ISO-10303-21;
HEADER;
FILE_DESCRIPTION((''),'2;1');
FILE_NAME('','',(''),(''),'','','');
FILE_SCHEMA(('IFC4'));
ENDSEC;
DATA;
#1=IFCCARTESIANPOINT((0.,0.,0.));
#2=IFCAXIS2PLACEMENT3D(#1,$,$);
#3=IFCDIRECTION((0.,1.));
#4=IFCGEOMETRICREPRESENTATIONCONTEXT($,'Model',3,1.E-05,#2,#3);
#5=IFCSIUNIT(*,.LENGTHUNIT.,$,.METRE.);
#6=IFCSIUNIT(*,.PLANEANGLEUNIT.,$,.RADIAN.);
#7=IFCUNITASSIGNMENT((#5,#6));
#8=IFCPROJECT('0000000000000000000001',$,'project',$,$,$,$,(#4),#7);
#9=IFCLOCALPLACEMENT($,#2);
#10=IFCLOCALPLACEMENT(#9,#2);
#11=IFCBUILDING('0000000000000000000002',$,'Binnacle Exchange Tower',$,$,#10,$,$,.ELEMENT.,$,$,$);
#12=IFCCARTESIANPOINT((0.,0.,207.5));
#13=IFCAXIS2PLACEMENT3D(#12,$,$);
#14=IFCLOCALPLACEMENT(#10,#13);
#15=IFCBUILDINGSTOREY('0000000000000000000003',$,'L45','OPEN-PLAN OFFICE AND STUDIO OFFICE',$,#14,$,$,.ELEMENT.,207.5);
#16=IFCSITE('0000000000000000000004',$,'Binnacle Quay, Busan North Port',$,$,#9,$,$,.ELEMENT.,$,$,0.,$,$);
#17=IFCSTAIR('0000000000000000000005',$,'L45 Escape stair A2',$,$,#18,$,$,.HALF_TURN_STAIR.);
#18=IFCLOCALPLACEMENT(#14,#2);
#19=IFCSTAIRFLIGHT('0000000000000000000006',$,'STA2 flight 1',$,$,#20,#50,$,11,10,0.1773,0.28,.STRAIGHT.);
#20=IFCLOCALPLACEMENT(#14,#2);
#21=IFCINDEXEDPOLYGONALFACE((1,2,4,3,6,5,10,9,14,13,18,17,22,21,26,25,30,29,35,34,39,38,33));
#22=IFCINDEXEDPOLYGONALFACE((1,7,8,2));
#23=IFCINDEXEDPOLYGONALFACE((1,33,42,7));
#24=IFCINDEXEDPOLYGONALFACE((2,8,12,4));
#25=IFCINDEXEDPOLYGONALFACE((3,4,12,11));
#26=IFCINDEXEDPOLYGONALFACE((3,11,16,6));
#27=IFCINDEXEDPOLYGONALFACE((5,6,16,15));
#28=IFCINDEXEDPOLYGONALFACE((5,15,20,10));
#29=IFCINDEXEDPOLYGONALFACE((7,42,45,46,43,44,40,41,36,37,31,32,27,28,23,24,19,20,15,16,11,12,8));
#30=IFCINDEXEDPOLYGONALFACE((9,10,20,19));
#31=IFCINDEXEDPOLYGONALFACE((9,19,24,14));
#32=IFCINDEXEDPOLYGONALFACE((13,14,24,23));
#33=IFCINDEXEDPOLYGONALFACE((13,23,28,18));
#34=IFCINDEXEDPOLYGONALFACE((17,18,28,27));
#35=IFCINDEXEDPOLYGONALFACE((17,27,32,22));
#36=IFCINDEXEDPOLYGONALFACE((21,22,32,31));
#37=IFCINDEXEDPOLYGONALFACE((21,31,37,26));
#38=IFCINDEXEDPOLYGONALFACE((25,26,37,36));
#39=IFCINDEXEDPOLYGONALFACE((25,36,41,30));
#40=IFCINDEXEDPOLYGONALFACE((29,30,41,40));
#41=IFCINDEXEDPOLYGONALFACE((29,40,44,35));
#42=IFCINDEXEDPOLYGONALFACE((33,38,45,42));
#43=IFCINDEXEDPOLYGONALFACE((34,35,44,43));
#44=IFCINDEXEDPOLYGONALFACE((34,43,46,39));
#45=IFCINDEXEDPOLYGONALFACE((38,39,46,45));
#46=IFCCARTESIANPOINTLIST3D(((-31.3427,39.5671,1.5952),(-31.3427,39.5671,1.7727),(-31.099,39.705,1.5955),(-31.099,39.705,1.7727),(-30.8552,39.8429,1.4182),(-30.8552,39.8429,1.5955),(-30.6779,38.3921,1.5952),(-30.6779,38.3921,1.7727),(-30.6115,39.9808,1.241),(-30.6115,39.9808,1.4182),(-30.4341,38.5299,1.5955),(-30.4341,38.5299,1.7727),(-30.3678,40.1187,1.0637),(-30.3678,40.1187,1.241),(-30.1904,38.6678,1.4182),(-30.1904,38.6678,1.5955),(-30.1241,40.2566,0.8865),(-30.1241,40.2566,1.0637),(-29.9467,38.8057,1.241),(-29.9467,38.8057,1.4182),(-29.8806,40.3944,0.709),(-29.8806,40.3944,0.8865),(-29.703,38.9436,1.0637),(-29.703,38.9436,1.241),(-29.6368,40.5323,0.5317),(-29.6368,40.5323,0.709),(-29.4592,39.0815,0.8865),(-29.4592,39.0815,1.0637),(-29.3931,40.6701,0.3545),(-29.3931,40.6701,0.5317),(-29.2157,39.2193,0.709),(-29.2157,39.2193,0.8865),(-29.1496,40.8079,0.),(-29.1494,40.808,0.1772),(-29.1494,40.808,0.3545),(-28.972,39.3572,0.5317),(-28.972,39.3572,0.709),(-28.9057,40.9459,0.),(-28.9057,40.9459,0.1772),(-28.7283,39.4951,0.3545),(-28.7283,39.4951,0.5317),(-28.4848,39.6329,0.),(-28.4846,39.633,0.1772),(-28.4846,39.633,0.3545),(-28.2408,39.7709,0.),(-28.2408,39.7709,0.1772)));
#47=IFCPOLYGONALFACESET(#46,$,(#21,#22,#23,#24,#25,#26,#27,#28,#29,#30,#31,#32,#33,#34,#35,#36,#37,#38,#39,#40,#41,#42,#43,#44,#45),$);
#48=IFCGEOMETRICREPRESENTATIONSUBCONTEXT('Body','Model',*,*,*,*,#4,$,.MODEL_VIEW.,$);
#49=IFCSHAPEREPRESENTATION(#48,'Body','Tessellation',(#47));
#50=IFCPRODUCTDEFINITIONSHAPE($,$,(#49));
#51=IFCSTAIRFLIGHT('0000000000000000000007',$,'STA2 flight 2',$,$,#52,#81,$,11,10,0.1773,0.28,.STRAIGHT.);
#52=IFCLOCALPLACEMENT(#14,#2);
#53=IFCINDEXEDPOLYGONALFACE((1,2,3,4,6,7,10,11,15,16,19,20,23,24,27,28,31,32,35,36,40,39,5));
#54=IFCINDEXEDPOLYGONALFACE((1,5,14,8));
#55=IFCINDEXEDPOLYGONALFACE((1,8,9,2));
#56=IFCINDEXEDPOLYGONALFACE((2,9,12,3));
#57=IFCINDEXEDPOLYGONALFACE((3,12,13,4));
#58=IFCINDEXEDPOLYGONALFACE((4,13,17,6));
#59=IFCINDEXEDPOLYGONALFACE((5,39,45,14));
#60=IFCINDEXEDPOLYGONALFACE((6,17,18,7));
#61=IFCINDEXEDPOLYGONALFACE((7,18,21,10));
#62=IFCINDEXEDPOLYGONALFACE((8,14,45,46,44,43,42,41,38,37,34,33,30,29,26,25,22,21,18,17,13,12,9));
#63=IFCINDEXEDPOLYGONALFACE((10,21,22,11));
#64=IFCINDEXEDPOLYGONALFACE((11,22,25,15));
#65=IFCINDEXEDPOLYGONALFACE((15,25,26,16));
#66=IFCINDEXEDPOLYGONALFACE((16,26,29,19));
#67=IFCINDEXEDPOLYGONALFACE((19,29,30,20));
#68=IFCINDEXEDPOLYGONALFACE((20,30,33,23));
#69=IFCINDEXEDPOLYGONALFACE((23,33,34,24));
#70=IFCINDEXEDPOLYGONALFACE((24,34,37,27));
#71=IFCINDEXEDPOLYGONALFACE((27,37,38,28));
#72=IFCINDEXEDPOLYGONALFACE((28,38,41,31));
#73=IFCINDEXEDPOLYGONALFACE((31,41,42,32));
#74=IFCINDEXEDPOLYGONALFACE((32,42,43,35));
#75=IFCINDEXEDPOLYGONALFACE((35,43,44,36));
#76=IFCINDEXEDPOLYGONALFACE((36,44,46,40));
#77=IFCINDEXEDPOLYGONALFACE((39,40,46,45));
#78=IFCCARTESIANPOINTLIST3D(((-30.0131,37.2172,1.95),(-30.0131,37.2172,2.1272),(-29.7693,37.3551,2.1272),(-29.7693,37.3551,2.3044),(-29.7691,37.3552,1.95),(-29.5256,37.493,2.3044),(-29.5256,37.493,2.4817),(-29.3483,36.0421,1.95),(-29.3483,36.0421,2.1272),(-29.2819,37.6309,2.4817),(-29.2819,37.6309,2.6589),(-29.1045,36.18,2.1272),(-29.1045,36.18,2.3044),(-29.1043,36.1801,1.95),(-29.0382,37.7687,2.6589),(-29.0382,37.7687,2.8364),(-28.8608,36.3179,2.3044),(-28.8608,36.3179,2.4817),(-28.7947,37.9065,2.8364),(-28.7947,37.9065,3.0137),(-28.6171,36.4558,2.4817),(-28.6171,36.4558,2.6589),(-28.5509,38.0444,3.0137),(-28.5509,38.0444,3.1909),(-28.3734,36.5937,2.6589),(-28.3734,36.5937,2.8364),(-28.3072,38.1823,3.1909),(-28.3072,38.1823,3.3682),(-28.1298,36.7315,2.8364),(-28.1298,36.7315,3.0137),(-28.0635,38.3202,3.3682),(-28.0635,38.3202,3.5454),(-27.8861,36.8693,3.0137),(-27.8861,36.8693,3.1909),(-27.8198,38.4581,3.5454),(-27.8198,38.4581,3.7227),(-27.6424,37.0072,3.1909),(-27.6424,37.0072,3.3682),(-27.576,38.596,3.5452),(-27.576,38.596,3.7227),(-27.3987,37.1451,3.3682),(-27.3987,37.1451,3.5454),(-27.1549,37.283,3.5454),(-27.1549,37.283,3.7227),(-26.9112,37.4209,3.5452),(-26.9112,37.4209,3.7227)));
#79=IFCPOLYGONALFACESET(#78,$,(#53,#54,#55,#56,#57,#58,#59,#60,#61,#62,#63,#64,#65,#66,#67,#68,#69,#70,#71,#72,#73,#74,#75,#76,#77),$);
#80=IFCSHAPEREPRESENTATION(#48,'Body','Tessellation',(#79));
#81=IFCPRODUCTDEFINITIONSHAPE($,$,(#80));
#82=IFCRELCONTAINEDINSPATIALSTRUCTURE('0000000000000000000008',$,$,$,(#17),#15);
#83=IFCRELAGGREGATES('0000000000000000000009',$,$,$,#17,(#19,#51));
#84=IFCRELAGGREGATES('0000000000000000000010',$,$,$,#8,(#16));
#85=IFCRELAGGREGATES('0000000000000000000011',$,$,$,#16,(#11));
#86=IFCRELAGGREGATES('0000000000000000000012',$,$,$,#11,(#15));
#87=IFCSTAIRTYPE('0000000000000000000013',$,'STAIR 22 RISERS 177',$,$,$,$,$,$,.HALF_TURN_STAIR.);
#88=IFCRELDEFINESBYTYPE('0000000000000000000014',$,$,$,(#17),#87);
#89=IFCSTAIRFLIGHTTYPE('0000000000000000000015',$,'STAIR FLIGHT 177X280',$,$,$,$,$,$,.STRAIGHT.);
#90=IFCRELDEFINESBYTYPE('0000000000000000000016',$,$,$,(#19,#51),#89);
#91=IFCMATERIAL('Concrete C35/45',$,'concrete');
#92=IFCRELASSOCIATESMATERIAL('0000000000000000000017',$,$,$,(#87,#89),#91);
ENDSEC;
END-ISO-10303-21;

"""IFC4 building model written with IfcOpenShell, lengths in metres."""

from ifc_helpers import new_model, si_unit, direction, frame, origin, place, context, subcontext, project, spatial, polyline, outline, extrude, material, type_object, element, aggregate, save


model = new_model("IFC4")

# Units and contexts
model_context = context("Model", 3, precision=1e-05, world=origin(), true_north=direction((0.0, 1.0)))
body_context = subcontext(model_context, "Body", "Model", "MODEL_VIEW")
ifc_project = project(units=[si_unit("LENGTHUNIT", "METRE"), si_unit("PLANEANGLEUNIT", "RADIAN")], contexts=[model_context])

# Site, building, storey
site_placement = place(None, origin())
site = spatial("IfcSite", under=ifc_project, at=site_placement, Name="Binnacle Quay, Busan North Port", CompositionType="ELEMENT", RefElevation=0.0)
building_placement = place(site_placement, origin())
building = spatial("IfcBuilding", under=site, at=building_placement, Name="Binnacle Exchange Tower", CompositionType="ELEMENT")
storey_placement = place(building_placement, frame((0.0, 0.0, 207.5)))
storey = spatial("IfcBuildingStorey", under=building, at=storey_placement, Name="L45", Description="OPEN-PLAN OFFICE AND STUDIO OFFICE", CompositionType="ELEMENT", Elevation=207.5)

# Stair, stair flights
ifc_material_1 = material(Name="Concrete C35/45", Category="concrete")
stair_type = type_object("IfcStairType", Name="STAIR 22 RISERS 177", PredefinedType="HALF_TURN_STAIR", material=ifc_material_1)
stair_placement = place(storey_placement, origin())
stair = element("IfcStair", 1, at=stair_placement, inside=storey, type_object=stair_type, Name="L45 Escape stair A2", PredefinedType="HALF_TURN_STAIR")
stair_flight_type = type_object("IfcStairFlightType", Name="STAIR FLIGHT 177X280", PredefinedType="STRAIGHT", material=ifc_material_1)
stair_flight_1_placement = place(storey_placement, frame((-28.5732, 40.3584, 0.0), z_axis=(0.0, 0.0, 1.0), x_axis=(-0.870356, -0.492424, 0.0)))
stair_flight_1 = element("IfcStairFlight", 2, at=stair_flight_1_placement, type_object=stair_flight_type, Name="STA2 flight 1", NumberOfRisers=11, NumberOfTreads=10, PredefinedType="STRAIGHT", RiserHeight=0.1773, TreadLength=0.28, context=body_context, shape_type="SweptSolid", body=[
    extrude(outline(polyline([(0.0, 0.0), (0.0, 0.1772), (0.28, 0.1772), (0.28, 0.3545), (0.5601, 0.3545), (0.5601, 0.5317), (0.8401, 0.5317), (0.8401, 0.709), (1.1201, 0.709), (1.1201, 0.8865), (1.3999, 0.8865), (1.3999, 1.0637), (1.6799, 1.0637), (1.6799, 1.241), (1.96, 1.241), (1.96, 1.4182), (2.24, 1.4182), (2.24, 1.5955), (2.52, 1.5955), (2.52, 1.7727), (2.8, 1.7727), (2.8, 1.95), (2.8, 1.5952), (0.2803, 0.0), (0.0, 0.0)])), frame((0.0, 0.675, 0.0), z_axis=(0.0, -1.0, 0.0), x_axis=(1.0, 0.0, 0.0)), (0.0, 0.0, 1.0), 1.3501),
])
stair_flight_2_placement = place(storey_placement, frame((-29.6807, 36.6296, 1.95), z_axis=(0.0, 0.0, 1.0), x_axis=(0.870356, 0.492424, 0.0)))
stair_flight_2 = element("IfcStairFlight", 3, at=stair_flight_2_placement, type_object=stair_flight_type, Name="STA2 flight 2", NumberOfRisers=11, NumberOfTreads=10, PredefinedType="STRAIGHT", RiserHeight=0.1773, TreadLength=0.28, context=body_context, shape_type="SweptSolid", body=[
    extrude(outline(polyline([(0.0, 0.0), (0.0, 0.1772), (0.28, 0.1772), (0.28, 0.3545), (0.5601, 0.3545), (0.5601, 0.5317), (0.8401, 0.5317), (0.8401, 0.709), (1.1201, 0.709), (1.1201, 0.8865), (1.3999, 0.8865), (1.3999, 1.0637), (1.6799, 1.0637), (1.6799, 1.241), (1.96, 1.241), (1.96, 1.4182), (2.24, 1.4182), (2.24, 1.5955), (2.52, 1.5955), (2.52, 1.7727), (2.8, 1.7727), (2.8, 1.95), (2.8, 1.5952), (0.2803, 0.0), (0.0, 0.0)])), frame((0.0, 0.675, 0.0), z_axis=(0.0, -1.0, 0.0), x_axis=(1.0, 0.0, 0.0)), (0.0, 0.0, 1.0), 1.3501),
])
aggregate(stair, [stair_flight_1, stair_flight_2])

save(model, "model.ifc")
